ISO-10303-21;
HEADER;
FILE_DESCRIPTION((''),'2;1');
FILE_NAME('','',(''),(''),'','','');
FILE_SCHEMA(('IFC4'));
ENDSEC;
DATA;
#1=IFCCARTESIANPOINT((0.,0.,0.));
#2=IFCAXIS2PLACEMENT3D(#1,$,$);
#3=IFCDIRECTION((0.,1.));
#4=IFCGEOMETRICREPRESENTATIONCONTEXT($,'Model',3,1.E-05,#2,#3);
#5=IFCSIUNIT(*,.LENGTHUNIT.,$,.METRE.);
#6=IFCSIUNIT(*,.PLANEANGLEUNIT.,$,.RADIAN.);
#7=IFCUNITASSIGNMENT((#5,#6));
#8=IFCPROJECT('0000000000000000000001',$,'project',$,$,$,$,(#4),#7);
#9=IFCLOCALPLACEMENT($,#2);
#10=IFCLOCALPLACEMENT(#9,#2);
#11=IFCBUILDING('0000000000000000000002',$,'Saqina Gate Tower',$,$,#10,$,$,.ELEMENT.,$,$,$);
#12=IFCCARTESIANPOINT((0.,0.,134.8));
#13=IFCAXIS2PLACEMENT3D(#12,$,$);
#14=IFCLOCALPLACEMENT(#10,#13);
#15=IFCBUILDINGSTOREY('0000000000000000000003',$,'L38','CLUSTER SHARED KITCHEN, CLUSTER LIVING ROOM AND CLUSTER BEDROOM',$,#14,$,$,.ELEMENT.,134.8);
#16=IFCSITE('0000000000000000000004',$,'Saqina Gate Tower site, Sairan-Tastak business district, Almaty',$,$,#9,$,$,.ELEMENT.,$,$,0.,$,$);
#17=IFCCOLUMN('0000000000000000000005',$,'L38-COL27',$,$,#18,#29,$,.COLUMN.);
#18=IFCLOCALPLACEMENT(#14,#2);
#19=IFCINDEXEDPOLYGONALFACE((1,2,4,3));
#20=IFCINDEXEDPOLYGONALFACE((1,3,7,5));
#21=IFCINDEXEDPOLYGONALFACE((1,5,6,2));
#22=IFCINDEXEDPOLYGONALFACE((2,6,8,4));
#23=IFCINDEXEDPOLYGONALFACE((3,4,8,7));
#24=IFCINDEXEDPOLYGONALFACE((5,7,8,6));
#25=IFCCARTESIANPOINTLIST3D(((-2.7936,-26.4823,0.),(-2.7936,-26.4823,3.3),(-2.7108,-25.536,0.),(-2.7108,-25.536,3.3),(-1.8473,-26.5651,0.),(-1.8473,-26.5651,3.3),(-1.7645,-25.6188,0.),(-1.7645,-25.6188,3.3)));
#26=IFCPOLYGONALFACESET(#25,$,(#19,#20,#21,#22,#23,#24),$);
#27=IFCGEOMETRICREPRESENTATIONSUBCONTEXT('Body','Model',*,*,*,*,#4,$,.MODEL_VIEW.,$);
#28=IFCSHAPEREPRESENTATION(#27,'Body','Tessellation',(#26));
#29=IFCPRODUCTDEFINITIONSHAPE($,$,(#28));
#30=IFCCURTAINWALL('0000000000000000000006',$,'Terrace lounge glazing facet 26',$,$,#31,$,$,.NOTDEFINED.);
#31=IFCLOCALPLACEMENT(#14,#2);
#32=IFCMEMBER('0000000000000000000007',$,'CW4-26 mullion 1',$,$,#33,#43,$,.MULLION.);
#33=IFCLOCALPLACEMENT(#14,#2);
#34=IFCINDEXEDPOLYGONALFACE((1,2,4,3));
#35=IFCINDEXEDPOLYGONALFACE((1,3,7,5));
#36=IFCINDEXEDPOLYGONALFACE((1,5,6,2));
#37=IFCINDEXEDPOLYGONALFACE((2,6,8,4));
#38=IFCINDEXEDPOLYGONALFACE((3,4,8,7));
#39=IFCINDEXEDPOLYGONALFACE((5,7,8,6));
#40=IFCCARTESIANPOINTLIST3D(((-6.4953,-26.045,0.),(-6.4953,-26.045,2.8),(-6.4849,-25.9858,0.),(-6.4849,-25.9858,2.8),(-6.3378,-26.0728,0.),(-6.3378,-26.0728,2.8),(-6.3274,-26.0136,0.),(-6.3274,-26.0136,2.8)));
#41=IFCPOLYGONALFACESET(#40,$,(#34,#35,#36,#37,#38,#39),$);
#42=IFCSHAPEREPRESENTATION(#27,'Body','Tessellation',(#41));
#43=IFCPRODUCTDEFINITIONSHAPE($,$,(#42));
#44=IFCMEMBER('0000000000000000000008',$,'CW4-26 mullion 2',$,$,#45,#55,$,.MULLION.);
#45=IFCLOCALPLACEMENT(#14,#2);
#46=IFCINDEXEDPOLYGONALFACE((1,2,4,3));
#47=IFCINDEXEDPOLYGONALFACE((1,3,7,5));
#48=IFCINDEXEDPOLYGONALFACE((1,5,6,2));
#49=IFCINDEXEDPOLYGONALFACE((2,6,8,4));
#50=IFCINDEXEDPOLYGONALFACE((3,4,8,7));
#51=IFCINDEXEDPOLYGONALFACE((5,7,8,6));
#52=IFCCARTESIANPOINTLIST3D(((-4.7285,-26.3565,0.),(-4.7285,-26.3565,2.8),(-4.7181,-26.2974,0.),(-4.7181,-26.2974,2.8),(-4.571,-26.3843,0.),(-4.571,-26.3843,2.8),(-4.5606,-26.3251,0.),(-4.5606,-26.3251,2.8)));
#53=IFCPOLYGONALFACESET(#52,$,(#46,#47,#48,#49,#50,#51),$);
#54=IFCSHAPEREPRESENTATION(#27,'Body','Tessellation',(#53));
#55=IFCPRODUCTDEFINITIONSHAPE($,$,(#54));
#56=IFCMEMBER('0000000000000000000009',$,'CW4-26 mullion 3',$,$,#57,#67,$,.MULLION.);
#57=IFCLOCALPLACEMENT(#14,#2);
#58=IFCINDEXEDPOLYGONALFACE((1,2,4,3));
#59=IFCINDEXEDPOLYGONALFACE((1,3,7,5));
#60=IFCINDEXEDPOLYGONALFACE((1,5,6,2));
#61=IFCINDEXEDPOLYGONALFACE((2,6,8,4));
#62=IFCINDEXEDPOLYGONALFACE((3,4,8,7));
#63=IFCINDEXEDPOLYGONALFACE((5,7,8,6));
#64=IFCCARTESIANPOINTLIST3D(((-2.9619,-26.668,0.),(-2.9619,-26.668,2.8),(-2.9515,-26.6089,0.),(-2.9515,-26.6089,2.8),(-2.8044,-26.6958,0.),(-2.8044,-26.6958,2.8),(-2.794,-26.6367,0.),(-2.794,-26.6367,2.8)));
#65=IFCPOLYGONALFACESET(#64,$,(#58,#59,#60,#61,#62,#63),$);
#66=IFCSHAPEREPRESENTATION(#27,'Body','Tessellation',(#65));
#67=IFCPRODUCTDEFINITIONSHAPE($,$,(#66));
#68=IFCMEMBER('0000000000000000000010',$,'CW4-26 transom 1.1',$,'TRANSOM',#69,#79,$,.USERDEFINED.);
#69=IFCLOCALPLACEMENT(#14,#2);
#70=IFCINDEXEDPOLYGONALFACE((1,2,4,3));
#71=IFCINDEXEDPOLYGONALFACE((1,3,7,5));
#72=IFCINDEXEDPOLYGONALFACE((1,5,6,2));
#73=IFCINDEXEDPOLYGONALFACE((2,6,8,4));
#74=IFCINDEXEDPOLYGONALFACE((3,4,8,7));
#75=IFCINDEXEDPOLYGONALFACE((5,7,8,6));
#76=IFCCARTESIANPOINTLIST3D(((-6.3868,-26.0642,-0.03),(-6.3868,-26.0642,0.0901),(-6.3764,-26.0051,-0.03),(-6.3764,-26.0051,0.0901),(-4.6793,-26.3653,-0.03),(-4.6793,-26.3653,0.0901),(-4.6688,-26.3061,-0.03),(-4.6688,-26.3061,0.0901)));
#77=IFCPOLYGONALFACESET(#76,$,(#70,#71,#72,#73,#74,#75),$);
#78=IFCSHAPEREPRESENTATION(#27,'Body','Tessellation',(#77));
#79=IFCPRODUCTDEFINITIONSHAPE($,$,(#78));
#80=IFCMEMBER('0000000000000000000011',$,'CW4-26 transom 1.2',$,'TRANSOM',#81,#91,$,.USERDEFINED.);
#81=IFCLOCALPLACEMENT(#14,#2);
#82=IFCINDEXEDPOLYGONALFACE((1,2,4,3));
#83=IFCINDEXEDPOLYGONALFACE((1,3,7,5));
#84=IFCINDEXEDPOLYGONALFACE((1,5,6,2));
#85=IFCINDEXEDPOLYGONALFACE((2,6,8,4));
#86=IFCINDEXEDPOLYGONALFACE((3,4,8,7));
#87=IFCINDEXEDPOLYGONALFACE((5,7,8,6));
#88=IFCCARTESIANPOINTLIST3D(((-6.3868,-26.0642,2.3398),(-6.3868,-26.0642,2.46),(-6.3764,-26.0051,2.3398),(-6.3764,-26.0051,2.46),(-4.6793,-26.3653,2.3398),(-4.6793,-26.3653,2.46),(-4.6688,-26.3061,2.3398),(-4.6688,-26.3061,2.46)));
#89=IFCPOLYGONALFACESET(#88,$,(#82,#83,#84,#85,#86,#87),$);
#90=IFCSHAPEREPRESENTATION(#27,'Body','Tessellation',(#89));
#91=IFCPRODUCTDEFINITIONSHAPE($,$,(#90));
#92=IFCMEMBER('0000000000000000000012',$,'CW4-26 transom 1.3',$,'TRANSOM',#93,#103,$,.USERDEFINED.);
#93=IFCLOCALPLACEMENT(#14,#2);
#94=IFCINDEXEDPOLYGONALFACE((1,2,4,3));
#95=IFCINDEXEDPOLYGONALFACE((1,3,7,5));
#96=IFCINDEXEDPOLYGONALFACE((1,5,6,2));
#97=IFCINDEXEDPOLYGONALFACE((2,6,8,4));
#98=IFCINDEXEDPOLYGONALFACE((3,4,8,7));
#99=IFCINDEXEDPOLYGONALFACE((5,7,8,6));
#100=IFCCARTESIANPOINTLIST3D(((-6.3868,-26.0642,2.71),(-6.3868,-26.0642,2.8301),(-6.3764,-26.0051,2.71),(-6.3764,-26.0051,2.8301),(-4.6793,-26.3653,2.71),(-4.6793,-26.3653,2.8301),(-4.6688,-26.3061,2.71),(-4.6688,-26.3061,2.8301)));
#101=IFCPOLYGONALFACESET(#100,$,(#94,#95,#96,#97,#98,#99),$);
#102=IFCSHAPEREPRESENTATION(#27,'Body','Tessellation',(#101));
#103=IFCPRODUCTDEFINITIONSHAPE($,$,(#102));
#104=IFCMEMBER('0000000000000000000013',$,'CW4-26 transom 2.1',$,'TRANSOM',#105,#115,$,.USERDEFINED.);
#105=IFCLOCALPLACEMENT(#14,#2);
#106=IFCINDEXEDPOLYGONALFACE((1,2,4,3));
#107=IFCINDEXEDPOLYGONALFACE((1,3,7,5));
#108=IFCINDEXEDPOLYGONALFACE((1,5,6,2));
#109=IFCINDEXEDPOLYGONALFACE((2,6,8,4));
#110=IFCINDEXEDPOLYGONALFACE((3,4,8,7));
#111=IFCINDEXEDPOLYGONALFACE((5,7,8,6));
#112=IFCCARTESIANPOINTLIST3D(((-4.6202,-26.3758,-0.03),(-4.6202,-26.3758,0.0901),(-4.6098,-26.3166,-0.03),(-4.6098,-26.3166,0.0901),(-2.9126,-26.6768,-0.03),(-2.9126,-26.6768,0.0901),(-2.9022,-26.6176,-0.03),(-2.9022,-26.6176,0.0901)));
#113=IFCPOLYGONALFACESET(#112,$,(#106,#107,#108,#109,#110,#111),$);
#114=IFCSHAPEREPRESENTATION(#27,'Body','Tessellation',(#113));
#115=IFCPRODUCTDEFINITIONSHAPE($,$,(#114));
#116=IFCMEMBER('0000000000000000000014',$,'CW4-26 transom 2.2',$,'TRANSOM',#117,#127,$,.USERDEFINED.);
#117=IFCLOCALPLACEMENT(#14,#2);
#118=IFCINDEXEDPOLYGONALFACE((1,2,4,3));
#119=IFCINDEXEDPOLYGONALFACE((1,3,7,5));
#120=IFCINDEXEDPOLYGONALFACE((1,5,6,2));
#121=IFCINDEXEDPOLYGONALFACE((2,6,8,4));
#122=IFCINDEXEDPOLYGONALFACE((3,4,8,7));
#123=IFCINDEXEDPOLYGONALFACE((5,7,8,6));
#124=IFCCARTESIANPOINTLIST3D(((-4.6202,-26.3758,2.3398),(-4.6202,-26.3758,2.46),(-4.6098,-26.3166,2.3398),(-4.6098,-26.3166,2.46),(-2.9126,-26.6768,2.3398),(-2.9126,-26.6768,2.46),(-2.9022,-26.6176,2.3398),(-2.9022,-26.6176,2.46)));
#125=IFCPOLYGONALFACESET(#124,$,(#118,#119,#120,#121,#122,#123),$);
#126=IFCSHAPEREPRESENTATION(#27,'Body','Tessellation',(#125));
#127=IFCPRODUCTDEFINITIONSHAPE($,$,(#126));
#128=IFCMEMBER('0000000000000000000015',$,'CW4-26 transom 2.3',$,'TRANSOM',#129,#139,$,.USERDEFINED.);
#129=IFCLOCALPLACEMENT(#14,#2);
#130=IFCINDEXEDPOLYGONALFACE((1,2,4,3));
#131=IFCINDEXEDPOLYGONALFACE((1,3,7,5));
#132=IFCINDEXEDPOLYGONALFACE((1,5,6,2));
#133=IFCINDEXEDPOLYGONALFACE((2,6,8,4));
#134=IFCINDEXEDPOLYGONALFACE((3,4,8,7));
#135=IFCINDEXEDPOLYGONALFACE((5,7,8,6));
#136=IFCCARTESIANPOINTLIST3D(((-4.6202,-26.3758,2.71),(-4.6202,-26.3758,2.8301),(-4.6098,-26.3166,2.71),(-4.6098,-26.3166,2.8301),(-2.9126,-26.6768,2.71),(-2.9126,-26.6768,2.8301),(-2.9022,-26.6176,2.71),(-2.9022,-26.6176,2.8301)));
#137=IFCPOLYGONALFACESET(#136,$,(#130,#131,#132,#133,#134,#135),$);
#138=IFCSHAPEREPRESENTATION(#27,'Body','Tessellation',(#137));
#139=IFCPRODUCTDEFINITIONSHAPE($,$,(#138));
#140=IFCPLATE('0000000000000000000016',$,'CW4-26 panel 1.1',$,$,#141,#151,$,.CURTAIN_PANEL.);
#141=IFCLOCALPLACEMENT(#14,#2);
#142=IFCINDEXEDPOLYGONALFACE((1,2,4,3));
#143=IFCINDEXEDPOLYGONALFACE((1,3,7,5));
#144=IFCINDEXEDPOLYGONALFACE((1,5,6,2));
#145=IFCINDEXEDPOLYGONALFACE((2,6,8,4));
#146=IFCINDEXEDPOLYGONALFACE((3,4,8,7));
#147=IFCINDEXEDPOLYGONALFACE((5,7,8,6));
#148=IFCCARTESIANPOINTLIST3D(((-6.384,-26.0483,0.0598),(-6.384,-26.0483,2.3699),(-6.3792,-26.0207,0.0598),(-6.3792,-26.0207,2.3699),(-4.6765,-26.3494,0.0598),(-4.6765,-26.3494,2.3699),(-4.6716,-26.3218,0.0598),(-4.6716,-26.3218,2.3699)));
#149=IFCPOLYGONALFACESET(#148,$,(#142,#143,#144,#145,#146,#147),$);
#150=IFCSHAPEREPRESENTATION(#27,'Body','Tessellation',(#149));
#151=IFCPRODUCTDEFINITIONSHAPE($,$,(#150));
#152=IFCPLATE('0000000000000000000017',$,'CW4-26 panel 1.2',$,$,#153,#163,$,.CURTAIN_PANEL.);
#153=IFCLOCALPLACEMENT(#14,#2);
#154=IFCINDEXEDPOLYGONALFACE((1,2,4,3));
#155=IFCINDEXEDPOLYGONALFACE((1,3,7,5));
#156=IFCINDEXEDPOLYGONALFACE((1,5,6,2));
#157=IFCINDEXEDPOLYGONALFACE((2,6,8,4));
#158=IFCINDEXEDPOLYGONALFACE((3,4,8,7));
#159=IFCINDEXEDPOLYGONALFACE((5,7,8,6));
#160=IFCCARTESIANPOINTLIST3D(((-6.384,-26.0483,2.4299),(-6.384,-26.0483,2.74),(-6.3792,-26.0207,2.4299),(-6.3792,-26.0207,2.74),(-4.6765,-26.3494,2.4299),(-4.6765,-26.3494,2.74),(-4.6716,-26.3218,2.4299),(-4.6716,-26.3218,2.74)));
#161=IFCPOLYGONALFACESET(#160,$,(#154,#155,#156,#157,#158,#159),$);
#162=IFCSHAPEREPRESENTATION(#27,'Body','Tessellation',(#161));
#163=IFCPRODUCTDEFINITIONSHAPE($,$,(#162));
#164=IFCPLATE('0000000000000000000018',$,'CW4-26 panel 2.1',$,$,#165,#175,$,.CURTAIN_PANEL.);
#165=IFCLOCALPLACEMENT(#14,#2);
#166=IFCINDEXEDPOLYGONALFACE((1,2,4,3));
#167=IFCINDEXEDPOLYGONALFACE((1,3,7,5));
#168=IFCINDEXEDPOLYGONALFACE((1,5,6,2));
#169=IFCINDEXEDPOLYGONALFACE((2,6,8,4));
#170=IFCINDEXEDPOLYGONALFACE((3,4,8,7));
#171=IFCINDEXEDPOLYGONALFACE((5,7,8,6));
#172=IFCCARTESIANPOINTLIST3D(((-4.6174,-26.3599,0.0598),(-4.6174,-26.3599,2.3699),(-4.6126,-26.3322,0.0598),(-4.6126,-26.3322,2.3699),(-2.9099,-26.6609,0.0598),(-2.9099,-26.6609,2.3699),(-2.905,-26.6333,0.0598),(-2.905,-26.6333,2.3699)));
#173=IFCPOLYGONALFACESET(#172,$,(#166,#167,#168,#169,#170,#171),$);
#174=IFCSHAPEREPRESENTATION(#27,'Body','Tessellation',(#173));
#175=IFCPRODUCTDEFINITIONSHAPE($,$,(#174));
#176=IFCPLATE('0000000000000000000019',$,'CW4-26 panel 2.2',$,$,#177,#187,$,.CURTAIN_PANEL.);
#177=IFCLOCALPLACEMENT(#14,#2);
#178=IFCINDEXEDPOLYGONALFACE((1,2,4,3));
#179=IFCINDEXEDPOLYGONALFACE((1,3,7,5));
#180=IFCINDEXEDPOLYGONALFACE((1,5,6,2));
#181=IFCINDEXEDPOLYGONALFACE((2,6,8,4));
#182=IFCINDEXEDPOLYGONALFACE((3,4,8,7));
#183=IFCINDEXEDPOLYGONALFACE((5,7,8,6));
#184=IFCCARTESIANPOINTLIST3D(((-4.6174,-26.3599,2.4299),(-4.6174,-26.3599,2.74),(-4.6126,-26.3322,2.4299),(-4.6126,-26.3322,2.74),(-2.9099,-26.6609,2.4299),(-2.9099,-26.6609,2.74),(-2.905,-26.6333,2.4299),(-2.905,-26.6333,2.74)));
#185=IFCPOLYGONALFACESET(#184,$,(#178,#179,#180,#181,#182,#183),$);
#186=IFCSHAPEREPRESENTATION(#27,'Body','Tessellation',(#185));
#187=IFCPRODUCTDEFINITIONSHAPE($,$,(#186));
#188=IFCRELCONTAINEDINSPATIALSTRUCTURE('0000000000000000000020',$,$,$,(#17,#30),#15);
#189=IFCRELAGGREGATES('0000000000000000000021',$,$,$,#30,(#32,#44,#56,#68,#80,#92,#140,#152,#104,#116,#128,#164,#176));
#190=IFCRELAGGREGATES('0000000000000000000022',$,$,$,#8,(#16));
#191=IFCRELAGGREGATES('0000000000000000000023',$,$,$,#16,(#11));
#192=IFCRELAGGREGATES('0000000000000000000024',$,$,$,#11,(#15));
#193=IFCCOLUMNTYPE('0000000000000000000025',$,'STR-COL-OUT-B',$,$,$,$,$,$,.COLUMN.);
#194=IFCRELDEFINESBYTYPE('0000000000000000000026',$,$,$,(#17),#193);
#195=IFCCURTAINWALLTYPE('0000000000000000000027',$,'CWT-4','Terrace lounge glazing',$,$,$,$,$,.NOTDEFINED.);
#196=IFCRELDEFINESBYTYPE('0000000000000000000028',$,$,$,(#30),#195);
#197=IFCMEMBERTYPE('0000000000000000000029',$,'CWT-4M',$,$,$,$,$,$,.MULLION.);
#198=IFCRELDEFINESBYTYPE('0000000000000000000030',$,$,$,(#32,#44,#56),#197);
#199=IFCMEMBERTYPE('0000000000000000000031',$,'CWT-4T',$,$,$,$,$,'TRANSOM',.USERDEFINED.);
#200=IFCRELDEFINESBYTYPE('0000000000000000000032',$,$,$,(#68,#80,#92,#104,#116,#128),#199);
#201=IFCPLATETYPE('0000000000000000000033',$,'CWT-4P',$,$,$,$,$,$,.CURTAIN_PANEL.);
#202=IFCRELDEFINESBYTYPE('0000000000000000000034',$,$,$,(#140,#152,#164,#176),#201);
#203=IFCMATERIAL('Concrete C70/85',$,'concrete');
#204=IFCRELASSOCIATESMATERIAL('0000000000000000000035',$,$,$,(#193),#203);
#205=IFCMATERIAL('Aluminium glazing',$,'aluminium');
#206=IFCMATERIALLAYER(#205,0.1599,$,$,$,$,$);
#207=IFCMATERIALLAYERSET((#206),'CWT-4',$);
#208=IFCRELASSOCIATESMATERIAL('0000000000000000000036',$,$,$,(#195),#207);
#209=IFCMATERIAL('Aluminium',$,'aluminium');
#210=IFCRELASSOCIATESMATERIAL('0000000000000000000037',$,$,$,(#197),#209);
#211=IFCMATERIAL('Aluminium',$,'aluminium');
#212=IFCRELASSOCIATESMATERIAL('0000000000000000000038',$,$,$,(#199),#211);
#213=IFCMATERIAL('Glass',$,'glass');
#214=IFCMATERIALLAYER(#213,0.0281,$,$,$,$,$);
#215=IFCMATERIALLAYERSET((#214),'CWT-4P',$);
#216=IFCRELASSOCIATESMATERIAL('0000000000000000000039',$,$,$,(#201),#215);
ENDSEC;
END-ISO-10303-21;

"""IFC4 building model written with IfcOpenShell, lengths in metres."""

from ifc_helpers import new_model, si_unit, direction, frame, origin, origin_2d, place, context, subcontext, project, spatial, rectangle, extrude, material, layer, layer_set, material_profile, profile_set, type_object, element, aggregate, save


model = new_model("IFC4")

# Units and contexts
model_context = context("Model", 3, precision=1e-05, world=origin(), true_north=direction((0.0, 1.0)))
body_context = subcontext(model_context, "Body", "Model", "MODEL_VIEW")
ifc_project = project(units=[si_unit("LENGTHUNIT", "METRE"), si_unit("PLANEANGLEUNIT", "RADIAN")], contexts=[model_context])

# Site, building, storey
site_placement = place(None, origin())
site = spatial("IfcSite", under=ifc_project, at=site_placement, Name="Saqina Gate Tower site, Sairan-Tastak business district, Almaty", CompositionType="ELEMENT", RefElevation=0.0)
building_placement = place(site_placement, origin())
building = spatial("IfcBuilding", under=site, at=building_placement, Name="Saqina Gate Tower", CompositionType="ELEMENT")
storey_placement = place(building_placement, frame((0.0, 0.0, 134.8)))
storey = spatial("IfcBuildingStorey", under=building, at=storey_placement, Name="L38", Description="CLUSTER SHARED KITCHEN, CLUSTER LIVING ROOM AND CLUSTER BEDROOM", CompositionType="ELEMENT", Elevation=134.8)

# Column
ifc_material_1 = material(Name="Concrete C70/85", Category="concrete")
ifc_material_profile_1 = material_profile(ifc_material_1, rectangle(XDim=0.95, YDim=0.95, at=origin_2d()), Name="RC 950x950")
ifc_profile_set_1 = profile_set([ifc_material_profile_1], Name="Concrete C70/85")
column_type = type_object("IfcColumnType", Name="STR-COL-OUT-B", PredefinedType="COLUMN", material=ifc_profile_set_1)
column_placement = place(storey_placement, frame((-2.2791, -26.0505, 0.0), z_axis=(0.0, 0.0, 1.0), x_axis=(-0.087156, -0.996195, 0.0)))
element("IfcColumn", 1, at=column_placement, inside=storey, type_object=column_type, Name="L38-COL27", PredefinedType="COLUMN", context=body_context, shape_type="SweptSolid", body=[
    extrude(rectangle(XDim=0.95, YDim=0.95, at=origin_2d()), origin(), (0.0, 0.0, 1.0), 3.3),
])

# Curtain wall, members, plates
ifc_material_2 = material(Name="Aluminium glazing", Category="aluminium")
ifc_layer_1 = layer(ifc_material_2, 0.1599)
ifc_layer_set_1 = layer_set([ifc_layer_1], Name="CWT-4")
curtain_wall_type = type_object("IfcCurtainWallType", Name="CWT-4", Description="Terrace lounge glazing", PredefinedType="NOTDEFINED", material=ifc_layer_set_1)
curtain_wall_placement = place(storey_placement, origin())
curtain_wall = element("IfcCurtainWall", 2, at=curtain_wall_placement, inside=storey, type_object=curtain_wall_type, Name="Terrace lounge glazing facet 26", PredefinedType="NOTDEFINED")
ifc_material_3 = material(Name="Aluminium", Category="aluminium")
ifc_material_profile_2 = material_profile(ifc_material_3, rectangle(XDim=0.0601, YDim=0.1599, at=origin_2d()), Name="Aluminium 60x160")
ifc_profile_set_2 = profile_set([ifc_material_profile_2], Name="Aluminium")
member_type_1 = type_object("IfcMemberType", Name="CWT-4M", PredefinedType="MULLION", material=ifc_profile_set_2)
member_1_placement = place(storey_placement, frame((-6.4114, -26.0293, 0.0), z_axis=(0.0, 0.0, 1.0), x_axis=(0.173638, 0.984809, 0.0)))
member_1 = element("IfcMember", 3, at=member_1_placement, type_object=member_type_1, Name="CW4-26 mullion 1", PredefinedType="MULLION", context=body_context, shape_type="SweptSolid", body=[
    extrude(rectangle(XDim=0.0601, YDim=0.1599, at=origin_2d()), origin(), (0.0, 0.0, 1.0), 2.8),
])
member_2_placement = place(storey_placement, frame((-4.6445, -26.3408, 0.0), z_axis=(0.0, 0.0, 1.0), x_axis=(0.173638, 0.984809, 0.0)))
member_2 = element("IfcMember", 4, at=member_2_placement, type_object=member_type_1, Name="CW4-26 mullion 2", PredefinedType="MULLION", context=body_context, shape_type="SweptSolid", body=[
    extrude(rectangle(XDim=0.0601, YDim=0.1599, at=origin_2d()), origin(), (0.0, 0.0, 1.0), 2.8),
])
member_3_placement = place(storey_placement, frame((-2.8779, -26.6523, 0.0), z_axis=(0.0, 0.0, 1.0), x_axis=(0.173638, 0.984809, 0.0)))
member_3 = element("IfcMember", 5, at=member_3_placement, type_object=member_type_1, Name="CW4-26 mullion 3", PredefinedType="MULLION", context=body_context, shape_type="SweptSolid", body=[
    extrude(rectangle(XDim=0.0601, YDim=0.1599, at=origin_2d()), origin(), (0.0, 0.0, 1.0), 2.8),
])
ifc_material_4 = material(Name="Aluminium", Category="aluminium")
ifc_material_profile_3 = material_profile(ifc_material_4, rectangle(XDim=0.0601, YDim=0.1201, at=origin_2d()), Name="Aluminium 60x120")
ifc_profile_set_3 = profile_set([ifc_material_profile_3], Name="Aluminium")
member_type_2 = type_object("IfcMemberType", Name="CWT-4T", ElementType="TRANSOM", PredefinedType="USERDEFINED", material=ifc_profile_set_3)
member_4_placement = place(storey_placement, frame((-6.3816, -26.0347, 0.03), z_axis=(0.984813, -0.173617, 0.0), x_axis=(0.173617, 0.984813, 0.0)))
member_4 = element("IfcMember", 6, at=member_4_placement, type_object=member_type_2, Name="CW4-26 transom 1.1", ObjectType="TRANSOM", PredefinedType="USERDEFINED", context=body_context, shape_type="SweptSolid", body=[
    extrude(rectangle(XDim=0.0601, YDim=0.1201, at=origin_2d()), origin(), (0.0, 0.0, 1.0), 1.7339),
])
member_5_placement = place(storey_placement, frame((-6.3816, -26.0347, 2.3999), z_axis=(0.984813, -0.173617, 0.0), x_axis=(0.173617, 0.984813, 0.0)))
member_5 = element("IfcMember", 7, at=member_5_placement, type_object=member_type_2, Name="CW4-26 transom 1.2", ObjectType="TRANSOM", PredefinedType="USERDEFINED", context=body_context, shape_type="SweptSolid", body=[
    extrude(rectangle(XDim=0.0601, YDim=0.1201, at=origin_2d()), origin(), (0.0, 0.0, 1.0), 1.7339),
])
member_6_placement = place(storey_placement, frame((-6.3816, -26.0347, 2.77), z_axis=(0.984813, -0.173617, 0.0), x_axis=(0.173617, 0.984813, 0.0)))
member_6 = element("IfcMember", 8, at=member_6_placement, type_object=member_type_2, Name="CW4-26 transom 1.3", ObjectType="TRANSOM", PredefinedType="USERDEFINED", context=body_context, shape_type="SweptSolid", body=[
    extrude(rectangle(XDim=0.0601, YDim=0.1201, at=origin_2d()), origin(), (0.0, 0.0, 1.0), 1.7339),
])
member_7_placement = place(storey_placement, frame((-4.615, -26.3462, 0.03), z_axis=(0.984813, -0.173617, 0.0), x_axis=(0.173617, 0.984813, 0.0)))
member_7 = element("IfcMember", 9, at=member_7_placement, type_object=member_type_2, Name="CW4-26 transom 2.1", ObjectType="TRANSOM", PredefinedType="USERDEFINED", context=body_context, shape_type="SweptSolid", body=[
    extrude(rectangle(XDim=0.0601, YDim=0.1201, at=origin_2d()), origin(), (0.0, 0.0, 1.0), 1.7339),
])
member_8_placement = place(storey_placement, frame((-4.615, -26.3462, 2.3999), z_axis=(0.984813, -0.173617, 0.0), x_axis=(0.173617, 0.984813, 0.0)))
member_8 = element("IfcMember", 10, at=member_8_placement, type_object=member_type_2, Name="CW4-26 transom 2.2", ObjectType="TRANSOM", PredefinedType="USERDEFINED", context=body_context, shape_type="SweptSolid", body=[
    extrude(rectangle(XDim=0.0601, YDim=0.1201, at=origin_2d()), origin(), (0.0, 0.0, 1.0), 1.7339),
])
member_9_placement = place(storey_placement, frame((-4.615, -26.3462, 2.77), z_axis=(0.984813, -0.173617, 0.0), x_axis=(0.173617, 0.984813, 0.0)))
member_9 = element("IfcMember", 11, at=member_9_placement, type_object=member_type_2, Name="CW4-26 transom 2.3", ObjectType="TRANSOM", PredefinedType="USERDEFINED", context=body_context, shape_type="SweptSolid", body=[
    extrude(rectangle(XDim=0.0601, YDim=0.1201, at=origin_2d()), origin(), (0.0, 0.0, 1.0), 1.7339),
])
ifc_material_5 = material(Name="Glass", Category="glass")
ifc_layer_2 = layer(ifc_material_5, 0.0281)
ifc_layer_set_2 = layer_set([ifc_layer_2], Name="CWT-4P")
plate_type = type_object("IfcPlateType", Name="CWT-4P", PredefinedType="CURTAIN_PANEL", material=ifc_layer_set_2)
plate_1_placement = place(storey_placement, frame((-5.5278, -26.1851, 0.0598), z_axis=(0.0, 0.0, 1.0), x_axis=(0.984809, -0.173638, 0.0)))
plate_1 = element("IfcPlate", 12, at=plate_1_placement, type_object=plate_type, Name="CW4-26 panel 1.1", PredefinedType="CURTAIN_PANEL", context=body_context, shape_type="SweptSolid", body=[
    extrude(rectangle(XDim=1.7339, YDim=0.0281, at=origin_2d()), origin(), (0.0, 0.0, 1.0), 2.3101),
])
plate_2_placement = place(storey_placement, frame((-5.5278, -26.1851, 2.4299), z_axis=(0.0, 0.0, 1.0), x_axis=(0.984809, -0.173638, 0.0)))
plate_2 = element("IfcPlate", 13, at=plate_2_placement, type_object=plate_type, Name="CW4-26 panel 1.2", PredefinedType="CURTAIN_PANEL", context=body_context, shape_type="SweptSolid", body=[
    extrude(rectangle(XDim=1.7339, YDim=0.0281, at=origin_2d()), origin(), (0.0, 0.0, 1.0), 0.3101),
])
plate_3_placement = place(storey_placement, frame((-3.7612, -26.4966, 0.0598), z_axis=(0.0, 0.0, 1.0), x_axis=(0.984809, -0.173638, 0.0)))
plate_3 = element("IfcPlate", 14, at=plate_3_placement, type_object=plate_type, Name="CW4-26 panel 2.1", PredefinedType="CURTAIN_PANEL", context=body_context, shape_type="SweptSolid", body=[
    extrude(rectangle(XDim=1.7339, YDim=0.0281, at=origin_2d()), origin(), (0.0, 0.0, 1.0), 2.3101),
])
plate_4_placement = place(storey_placement, frame((-3.7612, -26.4966, 2.4299), z_axis=(0.0, 0.0, 1.0), x_axis=(0.984809, -0.173638, 0.0)))
plate_4 = element("IfcPlate", 15, at=plate_4_placement, type_object=plate_type, Name="CW4-26 panel 2.2", PredefinedType="CURTAIN_PANEL", context=body_context, shape_type="SweptSolid", body=[
    extrude(rectangle(XDim=1.7339, YDim=0.0281, at=origin_2d()), origin(), (0.0, 0.0, 1.0), 0.3101),
])
aggregate(curtain_wall, [member_1, member_2, member_3, member_4, member_5, member_6, plate_1, plate_2, member_7, member_8, member_9, plate_3, plate_4])

save(model, "model.ifc")
